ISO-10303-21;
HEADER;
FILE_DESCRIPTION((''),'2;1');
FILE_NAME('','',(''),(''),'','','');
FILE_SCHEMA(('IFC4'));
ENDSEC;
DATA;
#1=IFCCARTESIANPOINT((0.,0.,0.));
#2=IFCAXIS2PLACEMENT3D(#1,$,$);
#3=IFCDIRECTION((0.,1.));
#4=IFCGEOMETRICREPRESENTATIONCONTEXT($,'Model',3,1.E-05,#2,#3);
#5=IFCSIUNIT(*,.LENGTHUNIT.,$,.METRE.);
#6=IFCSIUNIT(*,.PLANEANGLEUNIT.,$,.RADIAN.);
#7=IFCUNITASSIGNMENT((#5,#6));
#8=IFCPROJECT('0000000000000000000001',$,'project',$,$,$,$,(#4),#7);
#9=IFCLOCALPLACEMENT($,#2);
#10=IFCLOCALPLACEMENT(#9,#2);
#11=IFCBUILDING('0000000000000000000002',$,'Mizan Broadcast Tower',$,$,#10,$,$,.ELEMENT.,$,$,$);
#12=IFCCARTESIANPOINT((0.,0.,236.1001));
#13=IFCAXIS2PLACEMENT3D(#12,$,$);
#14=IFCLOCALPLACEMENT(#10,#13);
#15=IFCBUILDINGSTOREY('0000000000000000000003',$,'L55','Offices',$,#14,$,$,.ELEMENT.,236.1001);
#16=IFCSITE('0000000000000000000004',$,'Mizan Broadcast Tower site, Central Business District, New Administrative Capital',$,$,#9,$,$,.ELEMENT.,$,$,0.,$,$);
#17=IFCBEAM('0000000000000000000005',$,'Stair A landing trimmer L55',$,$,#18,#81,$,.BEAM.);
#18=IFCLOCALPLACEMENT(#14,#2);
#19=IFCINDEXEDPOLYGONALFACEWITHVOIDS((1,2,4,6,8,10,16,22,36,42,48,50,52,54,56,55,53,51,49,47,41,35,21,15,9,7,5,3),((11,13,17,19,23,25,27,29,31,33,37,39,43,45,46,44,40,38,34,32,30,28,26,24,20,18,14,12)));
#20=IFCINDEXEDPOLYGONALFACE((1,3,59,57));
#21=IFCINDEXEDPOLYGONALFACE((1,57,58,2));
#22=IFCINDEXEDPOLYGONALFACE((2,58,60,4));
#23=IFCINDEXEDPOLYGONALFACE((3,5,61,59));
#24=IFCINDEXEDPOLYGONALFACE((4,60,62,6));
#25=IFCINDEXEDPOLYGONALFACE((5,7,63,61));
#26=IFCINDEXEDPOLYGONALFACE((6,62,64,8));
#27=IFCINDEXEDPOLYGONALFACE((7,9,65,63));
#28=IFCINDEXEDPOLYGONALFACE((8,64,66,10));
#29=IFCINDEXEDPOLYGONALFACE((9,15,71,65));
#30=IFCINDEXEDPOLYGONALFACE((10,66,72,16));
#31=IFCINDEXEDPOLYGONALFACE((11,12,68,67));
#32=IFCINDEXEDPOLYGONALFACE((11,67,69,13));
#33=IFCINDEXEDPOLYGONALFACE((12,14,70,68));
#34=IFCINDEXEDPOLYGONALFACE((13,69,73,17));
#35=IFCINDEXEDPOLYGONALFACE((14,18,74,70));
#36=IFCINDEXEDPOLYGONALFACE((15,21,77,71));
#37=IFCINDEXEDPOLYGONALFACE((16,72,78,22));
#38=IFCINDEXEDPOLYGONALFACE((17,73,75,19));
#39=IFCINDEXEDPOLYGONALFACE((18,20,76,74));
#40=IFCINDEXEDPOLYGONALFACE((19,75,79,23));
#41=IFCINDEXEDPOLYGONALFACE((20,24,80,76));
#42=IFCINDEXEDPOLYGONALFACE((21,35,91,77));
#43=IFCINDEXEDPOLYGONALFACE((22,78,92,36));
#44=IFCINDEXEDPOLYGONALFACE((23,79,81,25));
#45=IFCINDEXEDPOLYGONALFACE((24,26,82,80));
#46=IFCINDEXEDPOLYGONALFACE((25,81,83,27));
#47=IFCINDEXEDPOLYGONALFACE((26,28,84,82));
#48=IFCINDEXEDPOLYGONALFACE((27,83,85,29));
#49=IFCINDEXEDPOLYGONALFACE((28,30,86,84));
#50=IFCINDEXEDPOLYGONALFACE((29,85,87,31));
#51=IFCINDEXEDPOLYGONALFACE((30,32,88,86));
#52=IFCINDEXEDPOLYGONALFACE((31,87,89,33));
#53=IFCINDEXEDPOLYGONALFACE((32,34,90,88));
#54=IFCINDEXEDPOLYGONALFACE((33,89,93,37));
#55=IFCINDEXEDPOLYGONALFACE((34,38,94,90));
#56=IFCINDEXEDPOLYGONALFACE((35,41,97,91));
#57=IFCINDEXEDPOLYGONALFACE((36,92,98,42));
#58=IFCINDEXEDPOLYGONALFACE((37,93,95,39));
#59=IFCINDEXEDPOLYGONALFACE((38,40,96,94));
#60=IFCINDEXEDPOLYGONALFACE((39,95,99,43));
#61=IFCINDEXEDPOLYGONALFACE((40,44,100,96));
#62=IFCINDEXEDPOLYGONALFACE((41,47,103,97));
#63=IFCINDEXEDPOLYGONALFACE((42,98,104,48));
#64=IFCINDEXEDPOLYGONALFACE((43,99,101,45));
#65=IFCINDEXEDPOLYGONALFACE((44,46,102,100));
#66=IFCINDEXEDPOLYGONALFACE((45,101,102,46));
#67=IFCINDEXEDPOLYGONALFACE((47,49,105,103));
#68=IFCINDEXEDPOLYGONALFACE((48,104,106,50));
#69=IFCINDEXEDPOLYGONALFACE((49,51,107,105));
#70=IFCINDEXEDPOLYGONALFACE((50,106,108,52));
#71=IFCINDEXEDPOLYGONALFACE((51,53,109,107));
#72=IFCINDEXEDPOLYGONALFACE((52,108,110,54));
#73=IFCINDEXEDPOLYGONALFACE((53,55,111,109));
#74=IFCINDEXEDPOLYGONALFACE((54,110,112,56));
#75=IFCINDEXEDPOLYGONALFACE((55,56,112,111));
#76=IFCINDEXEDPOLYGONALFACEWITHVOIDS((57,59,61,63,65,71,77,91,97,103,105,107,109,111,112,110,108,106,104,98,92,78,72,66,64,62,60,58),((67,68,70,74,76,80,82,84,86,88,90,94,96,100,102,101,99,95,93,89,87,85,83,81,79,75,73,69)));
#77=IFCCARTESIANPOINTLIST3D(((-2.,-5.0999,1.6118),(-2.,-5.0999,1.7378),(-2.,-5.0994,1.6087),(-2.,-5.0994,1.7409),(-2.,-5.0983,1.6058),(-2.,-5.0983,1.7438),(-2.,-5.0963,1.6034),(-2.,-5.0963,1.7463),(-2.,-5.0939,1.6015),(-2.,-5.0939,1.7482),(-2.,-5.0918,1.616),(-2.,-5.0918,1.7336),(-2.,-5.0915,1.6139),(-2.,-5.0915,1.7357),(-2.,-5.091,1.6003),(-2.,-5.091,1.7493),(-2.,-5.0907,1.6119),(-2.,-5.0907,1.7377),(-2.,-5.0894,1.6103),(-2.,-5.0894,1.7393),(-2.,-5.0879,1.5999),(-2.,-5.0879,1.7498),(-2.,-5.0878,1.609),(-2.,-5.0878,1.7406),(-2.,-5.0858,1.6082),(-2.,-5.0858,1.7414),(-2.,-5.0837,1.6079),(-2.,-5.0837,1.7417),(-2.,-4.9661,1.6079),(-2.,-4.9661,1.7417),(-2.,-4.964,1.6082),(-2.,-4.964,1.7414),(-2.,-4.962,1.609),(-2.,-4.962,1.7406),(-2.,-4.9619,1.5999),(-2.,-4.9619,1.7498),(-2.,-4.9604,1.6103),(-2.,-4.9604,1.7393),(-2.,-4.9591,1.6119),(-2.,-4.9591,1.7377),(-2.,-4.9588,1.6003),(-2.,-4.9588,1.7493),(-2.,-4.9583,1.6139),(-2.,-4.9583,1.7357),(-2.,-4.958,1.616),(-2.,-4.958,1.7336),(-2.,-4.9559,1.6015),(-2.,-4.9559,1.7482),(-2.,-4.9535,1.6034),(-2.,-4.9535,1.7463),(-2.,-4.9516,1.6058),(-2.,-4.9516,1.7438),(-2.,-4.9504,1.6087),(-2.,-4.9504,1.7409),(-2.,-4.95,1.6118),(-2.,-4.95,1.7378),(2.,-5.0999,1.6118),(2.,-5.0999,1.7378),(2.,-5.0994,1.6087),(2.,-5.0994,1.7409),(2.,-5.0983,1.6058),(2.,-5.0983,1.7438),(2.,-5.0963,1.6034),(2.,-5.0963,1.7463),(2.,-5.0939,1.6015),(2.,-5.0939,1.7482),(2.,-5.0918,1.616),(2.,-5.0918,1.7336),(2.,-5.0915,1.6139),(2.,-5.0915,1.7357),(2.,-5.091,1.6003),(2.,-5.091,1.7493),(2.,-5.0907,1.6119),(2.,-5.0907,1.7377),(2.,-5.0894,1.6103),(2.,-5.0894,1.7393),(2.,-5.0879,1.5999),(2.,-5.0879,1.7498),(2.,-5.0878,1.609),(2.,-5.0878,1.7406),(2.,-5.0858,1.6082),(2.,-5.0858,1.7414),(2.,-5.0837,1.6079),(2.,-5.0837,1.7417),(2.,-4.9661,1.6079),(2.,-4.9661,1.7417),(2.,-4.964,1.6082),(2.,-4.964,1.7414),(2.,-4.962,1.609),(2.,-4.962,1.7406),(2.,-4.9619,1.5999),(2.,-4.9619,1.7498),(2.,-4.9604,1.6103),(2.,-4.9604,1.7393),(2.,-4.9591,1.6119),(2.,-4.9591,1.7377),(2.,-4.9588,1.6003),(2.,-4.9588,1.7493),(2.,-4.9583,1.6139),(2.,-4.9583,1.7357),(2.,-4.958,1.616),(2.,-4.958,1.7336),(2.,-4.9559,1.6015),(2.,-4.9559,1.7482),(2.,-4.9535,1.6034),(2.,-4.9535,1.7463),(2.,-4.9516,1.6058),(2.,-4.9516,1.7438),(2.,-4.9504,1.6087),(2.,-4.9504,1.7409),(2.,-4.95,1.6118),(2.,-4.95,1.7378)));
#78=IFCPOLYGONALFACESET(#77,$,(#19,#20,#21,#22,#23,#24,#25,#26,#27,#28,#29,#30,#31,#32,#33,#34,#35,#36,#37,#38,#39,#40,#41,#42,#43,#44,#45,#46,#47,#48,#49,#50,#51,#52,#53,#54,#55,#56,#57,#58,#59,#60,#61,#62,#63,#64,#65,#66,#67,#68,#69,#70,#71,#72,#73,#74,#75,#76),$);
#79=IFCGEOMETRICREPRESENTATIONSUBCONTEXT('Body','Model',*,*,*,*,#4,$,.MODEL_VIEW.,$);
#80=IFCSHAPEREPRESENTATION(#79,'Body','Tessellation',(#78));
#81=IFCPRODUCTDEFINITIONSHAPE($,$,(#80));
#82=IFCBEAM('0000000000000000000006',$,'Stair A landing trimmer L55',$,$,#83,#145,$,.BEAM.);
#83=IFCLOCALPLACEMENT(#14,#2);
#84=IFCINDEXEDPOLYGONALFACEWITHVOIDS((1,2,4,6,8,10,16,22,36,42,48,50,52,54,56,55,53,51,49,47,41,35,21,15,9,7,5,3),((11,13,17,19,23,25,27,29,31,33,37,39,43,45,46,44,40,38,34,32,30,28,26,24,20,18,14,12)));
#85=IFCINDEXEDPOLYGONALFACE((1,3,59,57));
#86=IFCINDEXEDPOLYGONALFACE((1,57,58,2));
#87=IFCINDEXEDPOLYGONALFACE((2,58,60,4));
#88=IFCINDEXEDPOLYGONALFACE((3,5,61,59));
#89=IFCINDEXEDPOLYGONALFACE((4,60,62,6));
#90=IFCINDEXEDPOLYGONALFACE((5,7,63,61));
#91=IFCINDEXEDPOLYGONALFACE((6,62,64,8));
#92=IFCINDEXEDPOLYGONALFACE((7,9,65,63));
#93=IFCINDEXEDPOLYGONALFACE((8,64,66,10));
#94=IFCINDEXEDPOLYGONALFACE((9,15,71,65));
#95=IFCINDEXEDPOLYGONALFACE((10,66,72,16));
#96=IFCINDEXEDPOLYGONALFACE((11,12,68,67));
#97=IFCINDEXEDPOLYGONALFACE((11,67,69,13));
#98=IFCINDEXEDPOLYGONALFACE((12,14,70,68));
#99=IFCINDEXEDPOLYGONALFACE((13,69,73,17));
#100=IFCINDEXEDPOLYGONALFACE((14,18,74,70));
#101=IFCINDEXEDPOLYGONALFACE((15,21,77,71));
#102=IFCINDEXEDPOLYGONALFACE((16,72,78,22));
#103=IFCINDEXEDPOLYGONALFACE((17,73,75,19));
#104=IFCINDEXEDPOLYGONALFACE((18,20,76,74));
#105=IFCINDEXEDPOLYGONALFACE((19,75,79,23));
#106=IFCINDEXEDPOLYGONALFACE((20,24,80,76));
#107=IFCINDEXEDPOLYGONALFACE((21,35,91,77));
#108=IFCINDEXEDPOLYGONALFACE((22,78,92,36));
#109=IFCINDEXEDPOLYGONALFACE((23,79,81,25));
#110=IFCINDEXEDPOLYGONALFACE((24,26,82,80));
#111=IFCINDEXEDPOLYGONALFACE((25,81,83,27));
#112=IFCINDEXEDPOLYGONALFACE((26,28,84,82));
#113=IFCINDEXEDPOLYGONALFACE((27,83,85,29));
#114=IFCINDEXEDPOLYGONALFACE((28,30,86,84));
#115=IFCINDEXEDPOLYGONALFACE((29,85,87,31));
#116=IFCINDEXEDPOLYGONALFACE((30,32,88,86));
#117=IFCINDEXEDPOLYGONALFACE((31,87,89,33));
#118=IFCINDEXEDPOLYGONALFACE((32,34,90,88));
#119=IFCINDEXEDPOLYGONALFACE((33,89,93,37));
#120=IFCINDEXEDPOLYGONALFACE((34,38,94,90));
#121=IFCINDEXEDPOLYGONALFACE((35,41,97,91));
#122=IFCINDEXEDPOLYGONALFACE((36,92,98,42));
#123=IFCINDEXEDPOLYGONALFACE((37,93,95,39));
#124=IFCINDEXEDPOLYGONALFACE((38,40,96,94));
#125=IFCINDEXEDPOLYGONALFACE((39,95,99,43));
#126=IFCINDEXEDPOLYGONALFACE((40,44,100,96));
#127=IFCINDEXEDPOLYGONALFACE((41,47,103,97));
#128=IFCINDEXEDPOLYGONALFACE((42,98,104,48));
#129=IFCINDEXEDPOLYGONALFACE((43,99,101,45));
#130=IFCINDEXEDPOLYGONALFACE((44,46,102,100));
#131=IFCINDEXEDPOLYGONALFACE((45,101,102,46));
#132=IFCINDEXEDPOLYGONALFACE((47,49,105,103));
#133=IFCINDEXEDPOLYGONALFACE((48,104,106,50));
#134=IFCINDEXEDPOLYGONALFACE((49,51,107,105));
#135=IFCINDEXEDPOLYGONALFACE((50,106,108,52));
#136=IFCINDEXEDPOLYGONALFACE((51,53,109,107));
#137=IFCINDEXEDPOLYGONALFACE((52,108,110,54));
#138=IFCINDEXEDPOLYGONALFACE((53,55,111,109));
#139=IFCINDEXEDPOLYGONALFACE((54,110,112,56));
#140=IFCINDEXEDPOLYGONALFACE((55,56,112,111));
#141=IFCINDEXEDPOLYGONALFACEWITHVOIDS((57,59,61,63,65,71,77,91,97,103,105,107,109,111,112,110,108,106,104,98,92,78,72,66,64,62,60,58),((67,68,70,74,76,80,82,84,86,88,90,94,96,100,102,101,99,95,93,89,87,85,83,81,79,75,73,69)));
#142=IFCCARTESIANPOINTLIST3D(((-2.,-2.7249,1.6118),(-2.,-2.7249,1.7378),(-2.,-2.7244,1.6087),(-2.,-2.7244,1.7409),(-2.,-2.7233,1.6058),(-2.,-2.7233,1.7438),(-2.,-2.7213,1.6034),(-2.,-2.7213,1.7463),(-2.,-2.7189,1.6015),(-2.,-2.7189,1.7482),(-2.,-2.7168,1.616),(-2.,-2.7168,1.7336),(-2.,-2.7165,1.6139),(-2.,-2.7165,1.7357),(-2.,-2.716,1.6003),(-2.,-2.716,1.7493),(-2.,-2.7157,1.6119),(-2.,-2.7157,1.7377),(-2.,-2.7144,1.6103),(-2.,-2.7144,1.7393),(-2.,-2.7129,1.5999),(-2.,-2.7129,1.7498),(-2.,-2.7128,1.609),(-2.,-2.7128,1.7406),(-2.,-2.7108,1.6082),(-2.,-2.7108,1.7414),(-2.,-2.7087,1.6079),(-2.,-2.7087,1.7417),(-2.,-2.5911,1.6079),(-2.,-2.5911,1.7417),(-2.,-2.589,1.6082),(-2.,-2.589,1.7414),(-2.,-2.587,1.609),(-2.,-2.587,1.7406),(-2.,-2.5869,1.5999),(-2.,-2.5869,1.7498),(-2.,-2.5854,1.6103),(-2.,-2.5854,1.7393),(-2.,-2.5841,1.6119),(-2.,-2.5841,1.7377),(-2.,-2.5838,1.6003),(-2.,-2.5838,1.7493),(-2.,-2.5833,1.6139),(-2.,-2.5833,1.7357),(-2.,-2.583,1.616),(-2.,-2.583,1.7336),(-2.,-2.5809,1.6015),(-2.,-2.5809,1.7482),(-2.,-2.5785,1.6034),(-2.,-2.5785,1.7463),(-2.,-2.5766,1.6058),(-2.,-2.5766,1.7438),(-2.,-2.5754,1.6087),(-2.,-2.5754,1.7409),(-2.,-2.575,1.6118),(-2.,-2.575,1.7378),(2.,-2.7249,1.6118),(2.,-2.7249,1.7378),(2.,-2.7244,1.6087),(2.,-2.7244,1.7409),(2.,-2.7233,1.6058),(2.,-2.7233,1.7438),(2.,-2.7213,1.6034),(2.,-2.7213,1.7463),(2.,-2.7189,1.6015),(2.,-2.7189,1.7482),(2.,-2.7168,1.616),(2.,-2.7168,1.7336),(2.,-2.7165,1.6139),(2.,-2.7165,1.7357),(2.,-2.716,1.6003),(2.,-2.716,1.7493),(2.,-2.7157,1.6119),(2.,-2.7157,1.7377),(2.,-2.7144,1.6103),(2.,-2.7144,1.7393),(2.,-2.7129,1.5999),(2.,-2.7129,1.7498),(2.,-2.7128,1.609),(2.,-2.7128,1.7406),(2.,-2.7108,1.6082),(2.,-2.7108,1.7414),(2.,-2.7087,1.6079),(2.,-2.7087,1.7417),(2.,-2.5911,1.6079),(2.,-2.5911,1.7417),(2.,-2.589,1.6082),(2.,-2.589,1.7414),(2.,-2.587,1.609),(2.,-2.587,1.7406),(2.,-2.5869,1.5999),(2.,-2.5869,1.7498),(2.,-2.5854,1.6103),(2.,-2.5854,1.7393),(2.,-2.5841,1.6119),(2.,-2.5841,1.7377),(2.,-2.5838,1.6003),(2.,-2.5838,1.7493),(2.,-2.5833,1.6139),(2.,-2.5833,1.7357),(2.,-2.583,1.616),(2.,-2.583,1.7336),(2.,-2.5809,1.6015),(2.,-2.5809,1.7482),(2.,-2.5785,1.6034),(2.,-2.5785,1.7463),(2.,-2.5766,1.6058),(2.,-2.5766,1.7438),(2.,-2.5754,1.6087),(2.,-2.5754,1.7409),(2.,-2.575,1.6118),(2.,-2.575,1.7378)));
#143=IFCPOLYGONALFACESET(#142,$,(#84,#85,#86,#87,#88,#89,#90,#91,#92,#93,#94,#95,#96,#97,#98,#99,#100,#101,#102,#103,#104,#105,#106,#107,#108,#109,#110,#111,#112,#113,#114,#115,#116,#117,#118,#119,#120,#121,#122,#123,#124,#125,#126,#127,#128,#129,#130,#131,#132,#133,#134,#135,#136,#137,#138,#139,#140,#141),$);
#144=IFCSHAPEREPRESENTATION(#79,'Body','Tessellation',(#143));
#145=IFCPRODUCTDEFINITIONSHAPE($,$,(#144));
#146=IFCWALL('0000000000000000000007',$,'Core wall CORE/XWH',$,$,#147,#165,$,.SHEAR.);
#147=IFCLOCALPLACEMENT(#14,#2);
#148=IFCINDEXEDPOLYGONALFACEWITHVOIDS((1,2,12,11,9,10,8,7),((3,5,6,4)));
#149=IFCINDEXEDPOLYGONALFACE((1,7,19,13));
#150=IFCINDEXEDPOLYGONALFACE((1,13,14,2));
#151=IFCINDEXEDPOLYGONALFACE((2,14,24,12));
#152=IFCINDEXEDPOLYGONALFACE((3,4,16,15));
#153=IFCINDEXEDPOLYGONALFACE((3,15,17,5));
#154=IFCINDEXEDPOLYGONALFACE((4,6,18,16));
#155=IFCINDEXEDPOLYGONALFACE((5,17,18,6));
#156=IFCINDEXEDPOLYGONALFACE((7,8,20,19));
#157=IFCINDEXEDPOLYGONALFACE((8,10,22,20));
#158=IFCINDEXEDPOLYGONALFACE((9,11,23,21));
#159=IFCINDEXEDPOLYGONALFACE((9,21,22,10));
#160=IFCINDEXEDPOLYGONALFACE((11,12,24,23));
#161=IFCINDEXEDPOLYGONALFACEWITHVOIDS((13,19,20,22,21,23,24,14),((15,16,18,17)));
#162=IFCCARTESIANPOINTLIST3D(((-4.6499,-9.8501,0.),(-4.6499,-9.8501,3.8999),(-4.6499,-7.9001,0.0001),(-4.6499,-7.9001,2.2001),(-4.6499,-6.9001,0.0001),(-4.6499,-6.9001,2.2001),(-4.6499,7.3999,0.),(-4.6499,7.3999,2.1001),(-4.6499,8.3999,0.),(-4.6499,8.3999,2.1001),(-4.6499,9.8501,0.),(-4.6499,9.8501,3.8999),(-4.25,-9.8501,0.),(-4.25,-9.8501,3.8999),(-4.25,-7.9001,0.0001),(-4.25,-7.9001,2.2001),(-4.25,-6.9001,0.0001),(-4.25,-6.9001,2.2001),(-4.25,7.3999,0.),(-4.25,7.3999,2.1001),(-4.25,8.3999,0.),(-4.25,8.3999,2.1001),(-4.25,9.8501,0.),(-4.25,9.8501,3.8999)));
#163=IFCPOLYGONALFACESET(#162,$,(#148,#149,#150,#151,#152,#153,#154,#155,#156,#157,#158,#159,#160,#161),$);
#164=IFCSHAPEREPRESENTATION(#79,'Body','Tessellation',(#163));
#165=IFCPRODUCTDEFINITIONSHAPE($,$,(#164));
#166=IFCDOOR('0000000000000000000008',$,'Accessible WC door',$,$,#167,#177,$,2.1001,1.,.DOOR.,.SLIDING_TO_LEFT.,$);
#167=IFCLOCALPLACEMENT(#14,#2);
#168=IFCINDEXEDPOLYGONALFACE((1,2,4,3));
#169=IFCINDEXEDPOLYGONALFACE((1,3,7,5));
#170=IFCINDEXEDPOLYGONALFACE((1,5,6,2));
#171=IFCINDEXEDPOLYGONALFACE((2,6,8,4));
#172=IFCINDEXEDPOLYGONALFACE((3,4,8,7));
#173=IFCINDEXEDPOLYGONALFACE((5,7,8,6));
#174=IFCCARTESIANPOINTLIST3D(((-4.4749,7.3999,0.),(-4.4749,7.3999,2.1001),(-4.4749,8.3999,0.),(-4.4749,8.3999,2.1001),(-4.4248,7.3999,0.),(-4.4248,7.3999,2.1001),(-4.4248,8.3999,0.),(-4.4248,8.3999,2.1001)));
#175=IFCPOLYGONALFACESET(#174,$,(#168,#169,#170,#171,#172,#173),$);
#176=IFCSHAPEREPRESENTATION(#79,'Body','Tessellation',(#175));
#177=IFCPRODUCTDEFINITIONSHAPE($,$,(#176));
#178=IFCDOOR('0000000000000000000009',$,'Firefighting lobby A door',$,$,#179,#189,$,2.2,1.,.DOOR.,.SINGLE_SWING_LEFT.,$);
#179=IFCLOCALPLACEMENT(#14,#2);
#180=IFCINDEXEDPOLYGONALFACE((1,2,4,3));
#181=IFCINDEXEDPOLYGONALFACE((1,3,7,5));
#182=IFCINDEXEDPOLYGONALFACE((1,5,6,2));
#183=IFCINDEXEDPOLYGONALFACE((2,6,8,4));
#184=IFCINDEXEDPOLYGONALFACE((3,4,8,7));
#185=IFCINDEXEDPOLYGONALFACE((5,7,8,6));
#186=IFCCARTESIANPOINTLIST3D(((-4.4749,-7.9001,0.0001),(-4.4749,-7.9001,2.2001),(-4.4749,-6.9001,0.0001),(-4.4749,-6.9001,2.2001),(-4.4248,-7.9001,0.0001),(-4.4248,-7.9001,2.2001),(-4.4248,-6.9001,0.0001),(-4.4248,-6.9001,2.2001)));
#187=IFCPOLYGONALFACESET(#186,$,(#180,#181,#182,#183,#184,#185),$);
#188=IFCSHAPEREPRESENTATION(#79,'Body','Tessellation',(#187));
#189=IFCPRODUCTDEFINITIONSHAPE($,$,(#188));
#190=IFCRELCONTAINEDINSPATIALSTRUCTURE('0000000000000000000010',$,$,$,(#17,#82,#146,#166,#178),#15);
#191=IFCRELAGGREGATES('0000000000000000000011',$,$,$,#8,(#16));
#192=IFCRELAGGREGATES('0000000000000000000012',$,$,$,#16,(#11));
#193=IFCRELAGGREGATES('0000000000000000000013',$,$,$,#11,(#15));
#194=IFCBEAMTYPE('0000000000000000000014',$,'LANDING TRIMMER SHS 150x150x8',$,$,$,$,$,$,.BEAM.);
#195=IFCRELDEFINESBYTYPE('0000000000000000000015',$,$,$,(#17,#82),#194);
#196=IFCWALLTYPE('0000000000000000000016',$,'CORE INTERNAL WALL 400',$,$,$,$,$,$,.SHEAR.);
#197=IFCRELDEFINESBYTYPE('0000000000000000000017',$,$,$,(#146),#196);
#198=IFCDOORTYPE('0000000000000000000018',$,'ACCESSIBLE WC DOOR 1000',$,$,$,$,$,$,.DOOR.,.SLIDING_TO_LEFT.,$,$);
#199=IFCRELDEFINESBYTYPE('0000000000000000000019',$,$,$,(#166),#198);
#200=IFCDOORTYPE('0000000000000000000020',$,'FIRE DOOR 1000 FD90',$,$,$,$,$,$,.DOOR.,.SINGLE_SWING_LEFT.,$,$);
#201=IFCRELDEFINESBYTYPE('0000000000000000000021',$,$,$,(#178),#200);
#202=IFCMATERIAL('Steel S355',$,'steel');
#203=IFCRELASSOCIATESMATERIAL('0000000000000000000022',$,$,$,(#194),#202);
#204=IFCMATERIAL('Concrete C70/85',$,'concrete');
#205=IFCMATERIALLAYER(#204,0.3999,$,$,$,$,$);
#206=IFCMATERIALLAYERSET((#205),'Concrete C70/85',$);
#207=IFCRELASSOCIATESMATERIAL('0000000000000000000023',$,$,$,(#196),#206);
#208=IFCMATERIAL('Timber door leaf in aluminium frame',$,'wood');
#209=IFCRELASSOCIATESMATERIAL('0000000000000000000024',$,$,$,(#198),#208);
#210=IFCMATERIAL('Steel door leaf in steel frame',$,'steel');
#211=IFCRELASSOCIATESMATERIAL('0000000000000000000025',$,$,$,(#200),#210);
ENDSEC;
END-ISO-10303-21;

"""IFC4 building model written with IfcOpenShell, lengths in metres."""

from ifc_helpers import new_model, si_unit, direction, frame, frame_2d, origin, origin_2d, place, context, subcontext, project, spatial, rectangle, hollow_rectangle, extrude, material, layer, layer_set, material_profile, profile_set, type_object, element, fill, save


model = new_model("IFC4")

# Units and contexts
model_context = context("Model", 3, precision=1e-05, world=origin(), true_north=direction((0.0, 1.0)))
body_context = subcontext(model_context, "Body", "Model", "MODEL_VIEW")
ifc_project = project(units=[si_unit("LENGTHUNIT", "METRE"), si_unit("PLANEANGLEUNIT", "RADIAN")], contexts=[model_context])

# Site, building, storey
site_placement = place(None, origin())
site = spatial("IfcSite", under=ifc_project, at=site_placement, Name="Mizan Broadcast Tower site, Central Business District, New Administrative Capital", CompositionType="ELEMENT", RefElevation=0.0)
building_placement = place(site_placement, origin())
building = spatial("IfcBuilding", under=site, at=building_placement, Name="Mizan Broadcast Tower", CompositionType="ELEMENT")
storey_placement = place(building_placement, frame((0.0, 0.0, 236.1001)))
storey = spatial("IfcBuildingStorey", under=building, at=storey_placement, Name="L55", Description="Offices", CompositionType="ELEMENT", Elevation=236.1001)

# Beams
ifc_material_1 = material(Name="Steel S355", Category="steel")
ifc_material_profile = material_profile(ifc_material_1, hollow_rectangle(XDim=0.1499, YDim=0.1499, WallThickness=0.0081, InnerFilletRadius=0.0081, OuterFilletRadius=0.012, at=origin_2d()), Name="SHS 150x150x8")
ifc_profile_set = profile_set([ifc_material_profile], Name="Steel S355")
beam_type = type_object("IfcBeamType", Name="LANDING TRIMMER SHS 150x150x8", PredefinedType="BEAM", material=ifc_profile_set)
for number, where, z_axis, x_axis, name in (
    (1, (-2.0, -5.0249, 1.6748), (1.0, 0.0, 0.0), (0.0, 1.0, 0.0), "Stair A landing trimmer L55"),
    (2, (-2.0, -2.6499, 1.6748), (1.0, 0.0, 0.0), (0.0, 1.0, 0.0), "Stair A landing trimmer L55"),
):
    element("IfcBeam", number, at=place(storey_placement, frame(where, z_axis=z_axis, x_axis=x_axis)), inside=storey, type_object=beam_type, Name=name, PredefinedType="BEAM", context=body_context, shape_type="SweptSolid", body=[
        extrude(hollow_rectangle(XDim=0.1499, YDim=0.1499, WallThickness=0.0081, InnerFilletRadius=0.0081, OuterFilletRadius=0.012, at=origin_2d()), origin(), (0.0, 0.0, 1.0), 4.0),
    ])

# Wall, openings, doors
ifc_material_2 = material(Name="Concrete C70/85", Category="concrete")
ifc_layer_1 = layer(ifc_material_2, 0.3999)
ifc_layer_set_1 = layer_set([ifc_layer_1], Name="Concrete C70/85")
wall_type_1 = type_object("IfcWallType", Name="CORE INTERNAL WALL 400", PredefinedType="SHEAR", material=ifc_layer_set_1)
wall_1_placement = place(storey_placement, frame((-4.45, -9.8501, 0.0), z_axis=(0.0, 0.0, 1.0), x_axis=(0.0, 1.0, 0.0)))
wall_1 = element("IfcWall", 3, at=wall_1_placement, inside=storey, type_object=wall_type_1, Name="Core wall CORE/XWH", PredefinedType="SHEAR", context=body_context, shape_type="SweptSolid", body=[
    extrude(rectangle(XDim=19.7002, YDim=0.3999, at=frame_2d((9.8501, 0.0))), origin(), (0.0, 0.0, 1.0), 3.8999),
])
opening_1_placement = place(wall_1_placement, frame((1.95, 0.0, 0.0)))
opening_1 = element("IfcOpeningElement", 4, at=opening_1_placement, cuts=wall_1, PredefinedType="OPENING", context=body_context, shape_type="SweptSolid", body=[
    extrude(rectangle(XDim=1.0, YDim=2.2, at=frame_2d((0.5, 1.1001))), frame((0.0, 0.21, 0.0), z_axis=(0.0, -1.0, 0.0), x_axis=(1.0, 0.0, 0.0)), (0.0, 0.0, 1.0), 0.4199),
])
opening_2_placement = place(wall_1_placement, frame((17.25, 0.0, 0.0)))
opening_2 = element("IfcOpeningElement", 5, at=opening_2_placement, cuts=wall_1, PredefinedType="OPENING", context=body_context, shape_type="SweptSolid", body=[
    extrude(rectangle(XDim=1.0, YDim=2.1001, at=frame_2d((0.5, 1.05))), frame((0.0, 0.21, 0.0), z_axis=(0.0, -1.0, 0.0), x_axis=(1.0, 0.0, 0.0)), (0.0, 0.0, 1.0), 0.4199),
])
ifc_material_3 = material(Name="Timber door leaf in aluminium frame", Category="wood")
door_type_1 = type_object("IfcDoorType", Name="ACCESSIBLE WC DOOR 1000", OperationType="SLIDING_TO_LEFT", PredefinedType="DOOR", material=ifc_material_3)
door_1_placement = place(opening_2_placement, origin())
door_1 = element("IfcDoor", 6, at=door_1_placement, inside=storey, type_object=door_type_1, Name="Accessible WC door", OperationType="SLIDING_TO_LEFT", OverallHeight=2.1001, OverallWidth=1.0, PredefinedType="DOOR", context=body_context, shape_type="SweptSolid", body=[
    extrude(rectangle(XDim=1.0, YDim=2.1001, at=frame_2d((0.5, 1.05))), frame((0.0, 0.0249, 0.0), z_axis=(0.0, -1.0, 0.0), x_axis=(1.0, 0.0, 0.0)), (0.0, 0.0, 1.0), 0.05),
])
fill(opening_2, door_1)
ifc_material_4 = material(Name="Steel door leaf in steel frame", Category="steel")
door_type_2 = type_object("IfcDoorType", Name="FIRE DOOR 1000 FD90", OperationType="SINGLE_SWING_LEFT", PredefinedType="DOOR", material=ifc_material_4)
door_2_placement = place(opening_1_placement, origin())
door_2 = element("IfcDoor", 7, at=door_2_placement, inside=storey, type_object=door_type_2, Name="Firefighting lobby A door", OperationType="SINGLE_SWING_LEFT", OverallHeight=2.2, OverallWidth=1.0, PredefinedType="DOOR", context=body_context, shape_type="SweptSolid", body=[
    extrude(rectangle(XDim=1.0, YDim=2.2, at=frame_2d((0.5, 1.1001))), frame((0.0, 0.0249, 0.0), z_axis=(0.0, -1.0, 0.0), x_axis=(1.0, 0.0, 0.0)), (0.0, 0.0, 1.0), 0.05),
])
fill(opening_1, door_2)

save(model, "model.ifc")
